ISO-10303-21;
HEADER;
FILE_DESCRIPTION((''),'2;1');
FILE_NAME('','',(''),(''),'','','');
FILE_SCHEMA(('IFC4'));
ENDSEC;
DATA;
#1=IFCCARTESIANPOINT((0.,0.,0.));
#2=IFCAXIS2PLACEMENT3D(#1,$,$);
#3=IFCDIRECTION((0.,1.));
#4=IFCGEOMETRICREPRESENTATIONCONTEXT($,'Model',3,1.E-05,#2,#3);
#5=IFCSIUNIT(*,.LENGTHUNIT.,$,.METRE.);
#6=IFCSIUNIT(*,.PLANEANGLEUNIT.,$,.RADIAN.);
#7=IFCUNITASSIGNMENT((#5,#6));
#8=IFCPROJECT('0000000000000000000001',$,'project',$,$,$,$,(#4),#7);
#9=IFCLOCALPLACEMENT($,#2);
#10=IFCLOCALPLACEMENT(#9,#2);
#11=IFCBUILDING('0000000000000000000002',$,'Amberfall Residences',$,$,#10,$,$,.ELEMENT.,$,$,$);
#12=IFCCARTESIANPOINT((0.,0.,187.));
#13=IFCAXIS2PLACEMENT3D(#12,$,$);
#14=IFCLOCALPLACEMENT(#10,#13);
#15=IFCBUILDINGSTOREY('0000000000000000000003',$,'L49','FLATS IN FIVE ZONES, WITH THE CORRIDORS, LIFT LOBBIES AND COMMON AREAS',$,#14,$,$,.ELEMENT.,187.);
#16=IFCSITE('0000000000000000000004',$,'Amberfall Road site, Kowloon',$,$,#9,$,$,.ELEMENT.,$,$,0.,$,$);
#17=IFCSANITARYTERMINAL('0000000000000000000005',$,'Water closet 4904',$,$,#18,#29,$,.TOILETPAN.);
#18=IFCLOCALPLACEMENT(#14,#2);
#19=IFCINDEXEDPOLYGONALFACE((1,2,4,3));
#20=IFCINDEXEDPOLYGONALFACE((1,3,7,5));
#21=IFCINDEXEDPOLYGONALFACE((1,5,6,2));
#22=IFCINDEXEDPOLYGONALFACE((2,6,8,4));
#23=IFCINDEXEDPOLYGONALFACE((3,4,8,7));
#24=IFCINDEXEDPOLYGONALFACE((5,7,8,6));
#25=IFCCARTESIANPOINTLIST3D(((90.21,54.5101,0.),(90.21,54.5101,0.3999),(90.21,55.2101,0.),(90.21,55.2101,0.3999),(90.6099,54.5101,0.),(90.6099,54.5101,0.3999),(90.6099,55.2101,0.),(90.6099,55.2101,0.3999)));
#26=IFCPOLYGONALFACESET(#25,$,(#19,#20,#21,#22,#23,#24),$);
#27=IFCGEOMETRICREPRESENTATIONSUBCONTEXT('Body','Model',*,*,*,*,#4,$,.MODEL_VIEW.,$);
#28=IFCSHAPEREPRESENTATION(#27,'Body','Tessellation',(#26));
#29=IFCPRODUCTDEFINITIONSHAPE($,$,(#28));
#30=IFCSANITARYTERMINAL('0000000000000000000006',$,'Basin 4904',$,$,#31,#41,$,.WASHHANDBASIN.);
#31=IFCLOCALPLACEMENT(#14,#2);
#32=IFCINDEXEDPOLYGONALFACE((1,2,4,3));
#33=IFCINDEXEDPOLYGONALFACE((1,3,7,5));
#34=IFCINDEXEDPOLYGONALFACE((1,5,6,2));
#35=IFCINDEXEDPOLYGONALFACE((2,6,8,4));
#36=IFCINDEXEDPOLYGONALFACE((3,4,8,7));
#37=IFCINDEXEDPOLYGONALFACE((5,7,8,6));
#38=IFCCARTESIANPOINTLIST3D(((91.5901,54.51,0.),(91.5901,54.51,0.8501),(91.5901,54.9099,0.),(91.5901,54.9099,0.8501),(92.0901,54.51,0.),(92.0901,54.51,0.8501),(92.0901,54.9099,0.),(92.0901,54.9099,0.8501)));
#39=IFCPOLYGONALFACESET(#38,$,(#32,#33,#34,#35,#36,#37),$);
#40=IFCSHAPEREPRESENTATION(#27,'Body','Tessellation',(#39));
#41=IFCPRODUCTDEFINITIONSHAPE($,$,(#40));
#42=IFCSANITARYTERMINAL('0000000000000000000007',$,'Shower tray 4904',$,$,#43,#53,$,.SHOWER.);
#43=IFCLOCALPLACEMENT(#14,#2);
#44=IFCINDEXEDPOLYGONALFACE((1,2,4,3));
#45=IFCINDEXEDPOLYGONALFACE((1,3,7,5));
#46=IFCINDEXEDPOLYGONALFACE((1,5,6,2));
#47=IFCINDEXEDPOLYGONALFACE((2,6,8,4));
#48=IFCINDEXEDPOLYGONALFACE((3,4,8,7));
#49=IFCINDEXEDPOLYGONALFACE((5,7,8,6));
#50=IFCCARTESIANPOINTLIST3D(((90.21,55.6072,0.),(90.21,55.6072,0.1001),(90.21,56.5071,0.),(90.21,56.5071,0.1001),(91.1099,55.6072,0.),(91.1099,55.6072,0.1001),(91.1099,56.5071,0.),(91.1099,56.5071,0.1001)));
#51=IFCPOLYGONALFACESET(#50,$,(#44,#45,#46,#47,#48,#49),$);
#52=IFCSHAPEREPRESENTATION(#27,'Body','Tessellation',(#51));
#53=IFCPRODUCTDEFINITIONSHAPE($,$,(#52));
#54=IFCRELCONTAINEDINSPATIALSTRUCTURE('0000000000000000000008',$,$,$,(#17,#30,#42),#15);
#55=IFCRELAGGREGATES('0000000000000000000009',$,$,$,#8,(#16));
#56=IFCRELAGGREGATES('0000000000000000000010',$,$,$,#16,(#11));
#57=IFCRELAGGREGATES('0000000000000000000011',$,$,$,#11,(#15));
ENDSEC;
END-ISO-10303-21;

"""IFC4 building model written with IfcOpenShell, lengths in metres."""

from ifc_helpers import new_model, si_unit, direction, frame, origin, origin_2d, place, context, subcontext, project, spatial, rectangle, extrude, element, save


model = new_model("IFC4")

# Units and contexts
model_context = context("Model", 3, precision=1e-05, world=origin(), true_north=direction((0.0, 1.0)))
body_context = subcontext(model_context, "Body", "Model", "MODEL_VIEW")
ifc_project = project(units=[si_unit("LENGTHUNIT", "METRE"), si_unit("PLANEANGLEUNIT", "RADIAN")], contexts=[model_context])

# Site, building, storey
site_placement = place(None, origin())
site = spatial("IfcSite", under=ifc_project, at=site_placement, Name="Amberfall Road site, Kowloon", CompositionType="ELEMENT", RefElevation=0.0)
building_placement = place(site_placement, origin())
building = spatial("IfcBuilding", under=site, at=building_placement, Name="Amberfall Residences", CompositionType="ELEMENT")
storey_placement = place(building_placement, frame((0.0, 0.0, 187.0)))
storey = spatial("IfcBuildingStorey", under=building, at=storey_placement, Name="L49", Description="FLATS IN FIVE ZONES, WITH THE CORRIDORS, LIFT LOBBIES AND COMMON AREAS", CompositionType="ELEMENT", Elevation=187.0)

# Sanitary terminals
sanitary_terminal_1_placement = place(storey_placement, frame((90.4099, 54.8601, 0.0), z_axis=(0.0, 0.0, 1.0), x_axis=(1.0, 0.0, 0.0)))
element("IfcSanitaryTerminal", 1, at=sanitary_terminal_1_placement, inside=storey, Name="Water closet 4904", PredefinedType="TOILETPAN", context=body_context, shape_type="SweptSolid", body=[
    extrude(rectangle(XDim=0.3999, YDim=0.7, at=origin_2d()), origin(), (0.0, 0.0, 1.0), 0.3999),
])
sanitary_terminal_2_placement = place(storey_placement, frame((91.8401, 54.71, 0.0), z_axis=(0.0, 0.0, 1.0), x_axis=(1.0, 0.0, 0.0)))
element("IfcSanitaryTerminal", 2, at=sanitary_terminal_2_placement, inside=storey, Name="Basin 4904", PredefinedType="WASHHANDBASIN", context=body_context, shape_type="SweptSolid", body=[
    extrude(rectangle(XDim=0.5, YDim=0.3999, at=origin_2d()), origin(), (0.0, 0.0, 1.0), 0.8501),
])
sanitary_terminal_3_placement = place(storey_placement, frame((90.6599, 56.0571, 0.0), z_axis=(0.0, 0.0, 1.0), x_axis=(1.0, 0.0, 0.0)))
element("IfcSanitaryTerminal", 3, at=sanitary_terminal_3_placement, inside=storey, Name="Shower tray 4904", PredefinedType="SHOWER", context=body_context, shape_type="SweptSolid", body=[
    extrude(rectangle(XDim=0.8999, YDim=0.8999, at=origin_2d()), origin(), (0.0, 0.0, 1.0), 0.1001),
])

save(model, "model.ifc")
